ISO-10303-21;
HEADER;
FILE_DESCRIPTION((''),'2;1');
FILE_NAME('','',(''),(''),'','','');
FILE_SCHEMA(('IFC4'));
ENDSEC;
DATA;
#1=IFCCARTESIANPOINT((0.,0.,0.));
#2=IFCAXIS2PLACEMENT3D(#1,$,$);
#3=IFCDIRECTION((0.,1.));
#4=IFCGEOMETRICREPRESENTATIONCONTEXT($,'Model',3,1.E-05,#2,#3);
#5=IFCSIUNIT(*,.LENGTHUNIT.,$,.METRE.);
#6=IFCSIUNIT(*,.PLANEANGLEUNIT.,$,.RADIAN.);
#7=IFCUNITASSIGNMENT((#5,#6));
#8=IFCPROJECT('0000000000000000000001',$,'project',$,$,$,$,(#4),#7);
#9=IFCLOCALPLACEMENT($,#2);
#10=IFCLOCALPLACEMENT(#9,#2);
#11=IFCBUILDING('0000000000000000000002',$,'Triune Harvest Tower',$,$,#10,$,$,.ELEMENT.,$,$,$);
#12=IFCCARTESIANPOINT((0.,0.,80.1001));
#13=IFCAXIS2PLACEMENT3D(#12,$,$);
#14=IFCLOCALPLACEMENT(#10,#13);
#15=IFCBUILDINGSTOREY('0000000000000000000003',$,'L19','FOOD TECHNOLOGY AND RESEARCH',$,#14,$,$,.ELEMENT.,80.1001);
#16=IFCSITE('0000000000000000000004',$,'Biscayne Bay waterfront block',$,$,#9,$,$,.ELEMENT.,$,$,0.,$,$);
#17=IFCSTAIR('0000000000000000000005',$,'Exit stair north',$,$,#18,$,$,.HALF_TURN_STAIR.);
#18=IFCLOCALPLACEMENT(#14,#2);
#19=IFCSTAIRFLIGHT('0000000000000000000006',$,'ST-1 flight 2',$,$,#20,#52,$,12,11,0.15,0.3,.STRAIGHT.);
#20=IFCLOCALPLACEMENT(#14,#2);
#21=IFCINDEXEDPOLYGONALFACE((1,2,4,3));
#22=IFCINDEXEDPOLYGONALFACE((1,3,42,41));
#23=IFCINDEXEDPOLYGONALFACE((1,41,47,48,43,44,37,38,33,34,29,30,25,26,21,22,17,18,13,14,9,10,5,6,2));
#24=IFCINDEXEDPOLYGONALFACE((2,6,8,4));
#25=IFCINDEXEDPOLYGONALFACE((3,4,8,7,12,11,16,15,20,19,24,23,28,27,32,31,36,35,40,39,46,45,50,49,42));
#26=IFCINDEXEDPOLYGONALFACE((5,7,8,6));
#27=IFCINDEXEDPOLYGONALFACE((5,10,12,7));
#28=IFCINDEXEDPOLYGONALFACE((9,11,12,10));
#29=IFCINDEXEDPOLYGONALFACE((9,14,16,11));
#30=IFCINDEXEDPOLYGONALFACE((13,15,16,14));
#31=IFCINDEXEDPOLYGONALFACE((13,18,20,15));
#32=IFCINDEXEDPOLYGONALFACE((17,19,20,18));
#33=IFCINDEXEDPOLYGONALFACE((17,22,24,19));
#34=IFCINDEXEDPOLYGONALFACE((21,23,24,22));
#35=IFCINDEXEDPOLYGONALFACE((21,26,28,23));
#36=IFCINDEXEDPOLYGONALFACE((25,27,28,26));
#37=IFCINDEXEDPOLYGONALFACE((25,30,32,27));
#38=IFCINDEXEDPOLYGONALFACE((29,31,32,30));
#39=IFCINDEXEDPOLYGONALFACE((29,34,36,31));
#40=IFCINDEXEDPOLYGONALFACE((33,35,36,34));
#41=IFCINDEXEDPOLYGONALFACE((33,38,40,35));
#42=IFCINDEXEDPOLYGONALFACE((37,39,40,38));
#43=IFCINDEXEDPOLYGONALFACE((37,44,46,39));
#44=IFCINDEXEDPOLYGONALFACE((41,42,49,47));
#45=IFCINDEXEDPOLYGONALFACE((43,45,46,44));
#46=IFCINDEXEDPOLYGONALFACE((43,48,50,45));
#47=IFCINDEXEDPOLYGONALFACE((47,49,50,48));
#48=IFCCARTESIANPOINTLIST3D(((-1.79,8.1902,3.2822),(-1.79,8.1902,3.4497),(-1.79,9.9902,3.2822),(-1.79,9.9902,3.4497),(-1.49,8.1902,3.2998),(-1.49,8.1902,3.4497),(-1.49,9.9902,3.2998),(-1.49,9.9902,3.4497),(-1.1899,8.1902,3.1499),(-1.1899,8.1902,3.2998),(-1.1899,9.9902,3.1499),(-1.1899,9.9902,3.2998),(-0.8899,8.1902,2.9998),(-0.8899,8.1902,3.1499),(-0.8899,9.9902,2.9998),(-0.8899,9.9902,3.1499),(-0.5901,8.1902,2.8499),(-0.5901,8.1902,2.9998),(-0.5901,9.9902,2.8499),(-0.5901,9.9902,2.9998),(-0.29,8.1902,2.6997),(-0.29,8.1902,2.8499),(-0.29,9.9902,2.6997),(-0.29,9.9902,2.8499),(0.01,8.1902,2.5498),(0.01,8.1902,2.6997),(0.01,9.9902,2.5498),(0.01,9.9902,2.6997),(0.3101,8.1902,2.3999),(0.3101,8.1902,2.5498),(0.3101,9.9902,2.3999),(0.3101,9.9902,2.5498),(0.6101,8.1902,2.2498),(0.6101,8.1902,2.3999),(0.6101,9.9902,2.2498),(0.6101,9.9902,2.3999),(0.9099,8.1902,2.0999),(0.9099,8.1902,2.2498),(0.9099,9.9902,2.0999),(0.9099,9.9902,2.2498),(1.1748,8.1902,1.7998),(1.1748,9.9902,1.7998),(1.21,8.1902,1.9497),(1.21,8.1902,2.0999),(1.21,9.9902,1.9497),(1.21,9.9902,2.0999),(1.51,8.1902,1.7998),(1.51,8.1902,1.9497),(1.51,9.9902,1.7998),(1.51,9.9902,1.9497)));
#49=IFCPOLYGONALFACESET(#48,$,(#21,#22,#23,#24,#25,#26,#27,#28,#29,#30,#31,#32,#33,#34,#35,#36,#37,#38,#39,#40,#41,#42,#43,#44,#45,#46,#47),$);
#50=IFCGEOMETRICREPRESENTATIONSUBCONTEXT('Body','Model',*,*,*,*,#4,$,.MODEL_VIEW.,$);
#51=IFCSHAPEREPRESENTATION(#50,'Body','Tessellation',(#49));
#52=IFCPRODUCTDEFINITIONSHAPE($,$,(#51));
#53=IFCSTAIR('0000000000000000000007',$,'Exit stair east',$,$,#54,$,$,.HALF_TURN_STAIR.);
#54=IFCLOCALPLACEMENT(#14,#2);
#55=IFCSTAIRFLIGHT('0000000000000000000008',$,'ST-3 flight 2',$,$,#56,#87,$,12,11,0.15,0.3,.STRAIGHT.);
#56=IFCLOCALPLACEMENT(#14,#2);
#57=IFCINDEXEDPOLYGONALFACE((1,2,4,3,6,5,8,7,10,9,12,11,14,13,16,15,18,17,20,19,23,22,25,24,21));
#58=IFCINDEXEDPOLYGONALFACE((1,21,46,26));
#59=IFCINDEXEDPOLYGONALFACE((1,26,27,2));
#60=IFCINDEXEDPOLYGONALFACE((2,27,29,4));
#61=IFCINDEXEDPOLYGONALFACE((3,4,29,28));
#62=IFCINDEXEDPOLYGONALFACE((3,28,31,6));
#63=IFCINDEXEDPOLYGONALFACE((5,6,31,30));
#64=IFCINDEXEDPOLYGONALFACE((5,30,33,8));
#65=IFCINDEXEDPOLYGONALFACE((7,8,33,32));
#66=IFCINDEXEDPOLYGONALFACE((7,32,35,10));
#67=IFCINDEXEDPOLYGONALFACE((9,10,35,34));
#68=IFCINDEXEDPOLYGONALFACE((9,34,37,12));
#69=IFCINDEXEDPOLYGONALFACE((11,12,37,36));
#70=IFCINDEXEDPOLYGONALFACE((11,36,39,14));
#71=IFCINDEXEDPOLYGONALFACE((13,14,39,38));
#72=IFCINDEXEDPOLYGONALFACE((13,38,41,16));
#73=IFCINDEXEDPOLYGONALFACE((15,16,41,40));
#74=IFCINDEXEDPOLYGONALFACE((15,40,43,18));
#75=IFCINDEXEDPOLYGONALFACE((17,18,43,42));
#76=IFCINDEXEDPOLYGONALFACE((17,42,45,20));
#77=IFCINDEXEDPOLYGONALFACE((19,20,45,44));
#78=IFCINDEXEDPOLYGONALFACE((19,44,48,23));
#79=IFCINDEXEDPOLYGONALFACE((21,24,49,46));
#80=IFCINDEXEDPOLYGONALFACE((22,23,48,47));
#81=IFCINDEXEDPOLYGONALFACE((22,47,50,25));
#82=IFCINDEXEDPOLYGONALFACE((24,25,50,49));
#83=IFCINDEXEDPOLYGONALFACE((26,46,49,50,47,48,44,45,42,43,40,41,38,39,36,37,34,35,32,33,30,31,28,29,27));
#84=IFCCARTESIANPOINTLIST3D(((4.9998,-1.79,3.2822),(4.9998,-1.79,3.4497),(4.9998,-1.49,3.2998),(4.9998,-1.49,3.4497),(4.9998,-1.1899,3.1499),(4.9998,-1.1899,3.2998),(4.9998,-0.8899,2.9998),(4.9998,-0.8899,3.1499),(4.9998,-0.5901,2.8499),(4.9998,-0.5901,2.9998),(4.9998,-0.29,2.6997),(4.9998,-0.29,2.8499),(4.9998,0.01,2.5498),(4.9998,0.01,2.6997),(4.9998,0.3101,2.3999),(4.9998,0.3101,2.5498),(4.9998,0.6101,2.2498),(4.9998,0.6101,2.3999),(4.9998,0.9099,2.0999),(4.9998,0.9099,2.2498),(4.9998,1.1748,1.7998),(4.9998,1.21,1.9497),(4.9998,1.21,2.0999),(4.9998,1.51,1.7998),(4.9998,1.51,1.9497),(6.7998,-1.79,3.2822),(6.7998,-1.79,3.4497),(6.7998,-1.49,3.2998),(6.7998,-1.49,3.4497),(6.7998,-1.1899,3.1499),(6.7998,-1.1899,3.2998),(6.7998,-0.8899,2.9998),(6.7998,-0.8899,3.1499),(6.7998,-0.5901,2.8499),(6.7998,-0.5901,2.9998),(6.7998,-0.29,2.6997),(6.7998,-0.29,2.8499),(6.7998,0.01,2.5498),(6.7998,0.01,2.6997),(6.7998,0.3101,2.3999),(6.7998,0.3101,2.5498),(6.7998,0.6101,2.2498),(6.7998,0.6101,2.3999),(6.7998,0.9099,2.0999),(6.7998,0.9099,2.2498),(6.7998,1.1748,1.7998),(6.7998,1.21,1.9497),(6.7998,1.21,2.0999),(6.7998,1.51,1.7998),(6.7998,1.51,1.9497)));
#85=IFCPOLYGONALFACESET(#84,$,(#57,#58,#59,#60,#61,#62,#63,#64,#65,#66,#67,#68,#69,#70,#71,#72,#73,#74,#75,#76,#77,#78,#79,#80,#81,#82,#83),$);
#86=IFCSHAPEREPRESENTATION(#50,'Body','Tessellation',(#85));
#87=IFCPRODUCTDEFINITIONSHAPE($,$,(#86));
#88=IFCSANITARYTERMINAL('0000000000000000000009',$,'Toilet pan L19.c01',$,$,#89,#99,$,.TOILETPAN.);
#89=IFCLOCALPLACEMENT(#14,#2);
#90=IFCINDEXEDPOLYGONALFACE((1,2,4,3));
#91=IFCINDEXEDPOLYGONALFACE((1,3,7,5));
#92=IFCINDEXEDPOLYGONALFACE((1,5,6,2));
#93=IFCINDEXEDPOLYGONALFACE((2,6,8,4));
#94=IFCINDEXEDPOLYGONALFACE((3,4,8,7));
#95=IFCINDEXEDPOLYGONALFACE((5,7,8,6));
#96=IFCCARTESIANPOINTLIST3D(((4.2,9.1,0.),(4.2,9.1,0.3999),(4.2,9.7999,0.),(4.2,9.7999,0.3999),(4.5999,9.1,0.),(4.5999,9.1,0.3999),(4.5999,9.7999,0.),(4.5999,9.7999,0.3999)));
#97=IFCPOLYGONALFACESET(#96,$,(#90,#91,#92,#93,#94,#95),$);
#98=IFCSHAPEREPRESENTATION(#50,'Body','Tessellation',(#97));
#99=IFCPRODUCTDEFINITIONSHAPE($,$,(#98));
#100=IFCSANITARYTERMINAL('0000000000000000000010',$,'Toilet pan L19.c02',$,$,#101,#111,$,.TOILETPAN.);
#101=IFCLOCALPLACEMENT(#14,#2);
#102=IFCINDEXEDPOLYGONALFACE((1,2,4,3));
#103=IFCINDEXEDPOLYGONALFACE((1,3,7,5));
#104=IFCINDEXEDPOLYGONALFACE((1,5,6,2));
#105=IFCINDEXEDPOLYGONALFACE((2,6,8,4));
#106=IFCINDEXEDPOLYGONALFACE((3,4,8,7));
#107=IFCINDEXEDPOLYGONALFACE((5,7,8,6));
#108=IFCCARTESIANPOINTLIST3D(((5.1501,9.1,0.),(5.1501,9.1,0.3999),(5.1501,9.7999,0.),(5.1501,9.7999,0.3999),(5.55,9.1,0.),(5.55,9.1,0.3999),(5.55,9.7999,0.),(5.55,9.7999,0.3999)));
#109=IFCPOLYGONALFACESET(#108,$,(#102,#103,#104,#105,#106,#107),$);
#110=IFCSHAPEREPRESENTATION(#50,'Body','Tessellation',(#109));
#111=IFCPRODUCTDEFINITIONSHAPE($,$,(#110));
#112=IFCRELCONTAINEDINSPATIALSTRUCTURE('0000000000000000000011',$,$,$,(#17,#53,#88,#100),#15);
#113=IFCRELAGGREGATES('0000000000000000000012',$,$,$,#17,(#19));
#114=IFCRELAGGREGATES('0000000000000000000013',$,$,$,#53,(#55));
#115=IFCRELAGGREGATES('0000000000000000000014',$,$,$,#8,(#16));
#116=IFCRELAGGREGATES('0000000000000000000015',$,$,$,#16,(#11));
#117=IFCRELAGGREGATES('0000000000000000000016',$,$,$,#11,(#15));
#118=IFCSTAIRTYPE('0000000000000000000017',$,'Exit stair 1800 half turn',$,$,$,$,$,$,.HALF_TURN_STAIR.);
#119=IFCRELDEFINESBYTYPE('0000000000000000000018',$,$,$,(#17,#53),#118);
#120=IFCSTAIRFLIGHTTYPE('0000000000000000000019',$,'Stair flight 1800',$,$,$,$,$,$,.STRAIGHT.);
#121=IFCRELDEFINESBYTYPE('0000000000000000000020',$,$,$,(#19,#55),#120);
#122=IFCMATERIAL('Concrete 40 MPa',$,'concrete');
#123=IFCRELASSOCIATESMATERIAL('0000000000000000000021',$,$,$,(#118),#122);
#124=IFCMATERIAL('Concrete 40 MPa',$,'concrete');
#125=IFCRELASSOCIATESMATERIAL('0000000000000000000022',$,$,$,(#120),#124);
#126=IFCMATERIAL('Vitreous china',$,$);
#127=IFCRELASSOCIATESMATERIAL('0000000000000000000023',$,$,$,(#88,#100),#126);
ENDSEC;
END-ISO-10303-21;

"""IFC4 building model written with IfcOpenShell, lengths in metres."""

from ifc_helpers import new_model, si_unit, direction, frame, origin, origin_2d, place, context, subcontext, project, spatial, polyline, rectangle, outline, extrude, source, transform, mapped, material, type_object, element, aggregate, save


model = new_model("IFC4")

# Units and contexts
model_context = context("Model", 3, precision=1e-05, world=origin(), true_north=direction((0.0, 1.0)))
body_context = subcontext(model_context, "Body", "Model", "MODEL_VIEW")
ifc_project = project(units=[si_unit("LENGTHUNIT", "METRE"), si_unit("PLANEANGLEUNIT", "RADIAN")], contexts=[model_context])

# Site, building, storey
site_placement = place(None, origin())
site = spatial("IfcSite", under=ifc_project, at=site_placement, Name="Biscayne Bay waterfront block", CompositionType="ELEMENT", RefElevation=0.0)
building_placement = place(site_placement, origin())
building = spatial("IfcBuilding", under=site, at=building_placement, Name="Triune Harvest Tower", CompositionType="ELEMENT")
storey_placement = place(building_placement, frame((0.0, 0.0, 80.1001)))
storey = spatial("IfcBuildingStorey", under=building, at=storey_placement, Name="L19", Description="FOOD TECHNOLOGY AND RESEARCH", CompositionType="ELEMENT", Elevation=80.1001)

# Stairs, stair flights
ifc_material_1 = material(Name="Concrete 40 MPa", Category="concrete")
stair_type = type_object("IfcStairType", Name="Exit stair 1800 half turn", PredefinedType="HALF_TURN_STAIR", material=ifc_material_1)
stair_1_placement = place(storey_placement, origin())
stair_1 = element("IfcStair", 1, at=stair_1_placement, inside=storey, type_object=stair_type, Name="Exit stair north", PredefinedType="HALF_TURN_STAIR")
ifc_material_2 = material(Name="Concrete 40 MPa", Category="concrete")
stair_flight_type = type_object("IfcStairFlightType", Name="Stair flight 1800", PredefinedType="STRAIGHT", material=ifc_material_2)
shared_shape_1 = source(origin(), body_context, "Body", "SweptSolid", [
    extrude(outline(polyline([(0.0, 0.0), (0.0, 0.1499), (0.3, 0.1499), (0.3, 0.3), (0.6001, 0.3), (0.6001, 0.45), (0.8999, 0.45), (0.8999, 0.6001), (1.2, 0.6001), (1.2, 0.75), (1.5, 0.75), (1.5, 0.8999), (1.8, 0.8999), (1.8, 1.05), (2.1001, 1.05), (2.1001, 1.2), (2.3999, 1.2), (2.3999, 1.3501), (2.7, 1.3501), (2.7, 1.5), (3.0, 1.5), (3.0, 1.6499), (3.3, 1.6499), (3.3, 1.8), (3.3, 1.4824), (0.3352, 0.0), (0.0, 0.0)])), frame((0.0, 0.8999, 0.0), z_axis=(0.0, -1.0, 0.0), x_axis=(1.0, 0.0, 0.0)), (0.0, 0.0, 1.0), 1.8),
])
stair_flight_1_placement = place(storey_placement, frame((1.51, 9.0901, 1.7998), z_axis=(0.0, 0.0, 1.0), x_axis=(-1.0, 0.0, 0.0)))
stair_flight_1 = element("IfcStairFlight", 2, at=stair_flight_1_placement, type_object=stair_flight_type, Name="ST-1 flight 2", NumberOfRisers=12, NumberOfTreads=11, PredefinedType="STRAIGHT", RiserHeight=0.15, TreadLength=0.3, context=body_context, shape_type="MappedRepresentation", body=[
    mapped(shared_shape_1, transform((0.0, 0.0, 0.0), scale=1.0)),
])
aggregate(stair_1, [stair_flight_1])
stair_2_placement = place(storey_placement, origin())
stair_2 = element("IfcStair", 3, at=stair_2_placement, inside=storey, type_object=stair_type, Name="Exit stair east", PredefinedType="HALF_TURN_STAIR")
stair_flight_2_placement = place(storey_placement, frame((5.8999, 1.51, 1.7998), z_axis=(0.0, 0.0, 1.0), x_axis=(0.0, -1.0, 0.0)))
stair_flight_2 = element("IfcStairFlight", 4, at=stair_flight_2_placement, type_object=stair_flight_type, Name="ST-3 flight 2", NumberOfRisers=12, NumberOfTreads=11, PredefinedType="STRAIGHT", RiserHeight=0.15, TreadLength=0.3, context=body_context, shape_type="MappedRepresentation", body=[
    mapped(shared_shape_1, transform((0.0, 0.0, 0.0), scale=1.0)),
])
aggregate(stair_2, [stair_flight_2])

# Sanitary terminals
ifc_material_3 = material(Name="Vitreous china")
shared_shape_2 = source(origin(), body_context, "Body", "SweptSolid", [
    extrude(rectangle(XDim=0.3999, YDim=0.7, at=origin_2d()), origin(), (0.0, 0.0, 1.0), 0.3999),
])
for number, where, z_axis, x_axis, name in (
    (5, (4.3999, 9.45, 0.0), (0.0, 0.0, 1.0), (1.0, 0.0, 0.0), "Toilet pan L19.c01"),
    (6, (5.3501, 9.45, 0.0), (0.0, 0.0, 1.0), (1.0, 0.0, 0.0), "Toilet pan L19.c02"),
):
    element("IfcSanitaryTerminal", number, at=place(storey_placement, frame(where, z_axis=z_axis, x_axis=x_axis)), inside=storey, material=ifc_material_3, Name=name, PredefinedType="TOILETPAN", context=body_context, shape_type="MappedRepresentation", body=[
        mapped(shared_shape_2, transform((0.0, 0.0, 0.0), scale=1.0)),
    ])

save(model, "model.ifc")
